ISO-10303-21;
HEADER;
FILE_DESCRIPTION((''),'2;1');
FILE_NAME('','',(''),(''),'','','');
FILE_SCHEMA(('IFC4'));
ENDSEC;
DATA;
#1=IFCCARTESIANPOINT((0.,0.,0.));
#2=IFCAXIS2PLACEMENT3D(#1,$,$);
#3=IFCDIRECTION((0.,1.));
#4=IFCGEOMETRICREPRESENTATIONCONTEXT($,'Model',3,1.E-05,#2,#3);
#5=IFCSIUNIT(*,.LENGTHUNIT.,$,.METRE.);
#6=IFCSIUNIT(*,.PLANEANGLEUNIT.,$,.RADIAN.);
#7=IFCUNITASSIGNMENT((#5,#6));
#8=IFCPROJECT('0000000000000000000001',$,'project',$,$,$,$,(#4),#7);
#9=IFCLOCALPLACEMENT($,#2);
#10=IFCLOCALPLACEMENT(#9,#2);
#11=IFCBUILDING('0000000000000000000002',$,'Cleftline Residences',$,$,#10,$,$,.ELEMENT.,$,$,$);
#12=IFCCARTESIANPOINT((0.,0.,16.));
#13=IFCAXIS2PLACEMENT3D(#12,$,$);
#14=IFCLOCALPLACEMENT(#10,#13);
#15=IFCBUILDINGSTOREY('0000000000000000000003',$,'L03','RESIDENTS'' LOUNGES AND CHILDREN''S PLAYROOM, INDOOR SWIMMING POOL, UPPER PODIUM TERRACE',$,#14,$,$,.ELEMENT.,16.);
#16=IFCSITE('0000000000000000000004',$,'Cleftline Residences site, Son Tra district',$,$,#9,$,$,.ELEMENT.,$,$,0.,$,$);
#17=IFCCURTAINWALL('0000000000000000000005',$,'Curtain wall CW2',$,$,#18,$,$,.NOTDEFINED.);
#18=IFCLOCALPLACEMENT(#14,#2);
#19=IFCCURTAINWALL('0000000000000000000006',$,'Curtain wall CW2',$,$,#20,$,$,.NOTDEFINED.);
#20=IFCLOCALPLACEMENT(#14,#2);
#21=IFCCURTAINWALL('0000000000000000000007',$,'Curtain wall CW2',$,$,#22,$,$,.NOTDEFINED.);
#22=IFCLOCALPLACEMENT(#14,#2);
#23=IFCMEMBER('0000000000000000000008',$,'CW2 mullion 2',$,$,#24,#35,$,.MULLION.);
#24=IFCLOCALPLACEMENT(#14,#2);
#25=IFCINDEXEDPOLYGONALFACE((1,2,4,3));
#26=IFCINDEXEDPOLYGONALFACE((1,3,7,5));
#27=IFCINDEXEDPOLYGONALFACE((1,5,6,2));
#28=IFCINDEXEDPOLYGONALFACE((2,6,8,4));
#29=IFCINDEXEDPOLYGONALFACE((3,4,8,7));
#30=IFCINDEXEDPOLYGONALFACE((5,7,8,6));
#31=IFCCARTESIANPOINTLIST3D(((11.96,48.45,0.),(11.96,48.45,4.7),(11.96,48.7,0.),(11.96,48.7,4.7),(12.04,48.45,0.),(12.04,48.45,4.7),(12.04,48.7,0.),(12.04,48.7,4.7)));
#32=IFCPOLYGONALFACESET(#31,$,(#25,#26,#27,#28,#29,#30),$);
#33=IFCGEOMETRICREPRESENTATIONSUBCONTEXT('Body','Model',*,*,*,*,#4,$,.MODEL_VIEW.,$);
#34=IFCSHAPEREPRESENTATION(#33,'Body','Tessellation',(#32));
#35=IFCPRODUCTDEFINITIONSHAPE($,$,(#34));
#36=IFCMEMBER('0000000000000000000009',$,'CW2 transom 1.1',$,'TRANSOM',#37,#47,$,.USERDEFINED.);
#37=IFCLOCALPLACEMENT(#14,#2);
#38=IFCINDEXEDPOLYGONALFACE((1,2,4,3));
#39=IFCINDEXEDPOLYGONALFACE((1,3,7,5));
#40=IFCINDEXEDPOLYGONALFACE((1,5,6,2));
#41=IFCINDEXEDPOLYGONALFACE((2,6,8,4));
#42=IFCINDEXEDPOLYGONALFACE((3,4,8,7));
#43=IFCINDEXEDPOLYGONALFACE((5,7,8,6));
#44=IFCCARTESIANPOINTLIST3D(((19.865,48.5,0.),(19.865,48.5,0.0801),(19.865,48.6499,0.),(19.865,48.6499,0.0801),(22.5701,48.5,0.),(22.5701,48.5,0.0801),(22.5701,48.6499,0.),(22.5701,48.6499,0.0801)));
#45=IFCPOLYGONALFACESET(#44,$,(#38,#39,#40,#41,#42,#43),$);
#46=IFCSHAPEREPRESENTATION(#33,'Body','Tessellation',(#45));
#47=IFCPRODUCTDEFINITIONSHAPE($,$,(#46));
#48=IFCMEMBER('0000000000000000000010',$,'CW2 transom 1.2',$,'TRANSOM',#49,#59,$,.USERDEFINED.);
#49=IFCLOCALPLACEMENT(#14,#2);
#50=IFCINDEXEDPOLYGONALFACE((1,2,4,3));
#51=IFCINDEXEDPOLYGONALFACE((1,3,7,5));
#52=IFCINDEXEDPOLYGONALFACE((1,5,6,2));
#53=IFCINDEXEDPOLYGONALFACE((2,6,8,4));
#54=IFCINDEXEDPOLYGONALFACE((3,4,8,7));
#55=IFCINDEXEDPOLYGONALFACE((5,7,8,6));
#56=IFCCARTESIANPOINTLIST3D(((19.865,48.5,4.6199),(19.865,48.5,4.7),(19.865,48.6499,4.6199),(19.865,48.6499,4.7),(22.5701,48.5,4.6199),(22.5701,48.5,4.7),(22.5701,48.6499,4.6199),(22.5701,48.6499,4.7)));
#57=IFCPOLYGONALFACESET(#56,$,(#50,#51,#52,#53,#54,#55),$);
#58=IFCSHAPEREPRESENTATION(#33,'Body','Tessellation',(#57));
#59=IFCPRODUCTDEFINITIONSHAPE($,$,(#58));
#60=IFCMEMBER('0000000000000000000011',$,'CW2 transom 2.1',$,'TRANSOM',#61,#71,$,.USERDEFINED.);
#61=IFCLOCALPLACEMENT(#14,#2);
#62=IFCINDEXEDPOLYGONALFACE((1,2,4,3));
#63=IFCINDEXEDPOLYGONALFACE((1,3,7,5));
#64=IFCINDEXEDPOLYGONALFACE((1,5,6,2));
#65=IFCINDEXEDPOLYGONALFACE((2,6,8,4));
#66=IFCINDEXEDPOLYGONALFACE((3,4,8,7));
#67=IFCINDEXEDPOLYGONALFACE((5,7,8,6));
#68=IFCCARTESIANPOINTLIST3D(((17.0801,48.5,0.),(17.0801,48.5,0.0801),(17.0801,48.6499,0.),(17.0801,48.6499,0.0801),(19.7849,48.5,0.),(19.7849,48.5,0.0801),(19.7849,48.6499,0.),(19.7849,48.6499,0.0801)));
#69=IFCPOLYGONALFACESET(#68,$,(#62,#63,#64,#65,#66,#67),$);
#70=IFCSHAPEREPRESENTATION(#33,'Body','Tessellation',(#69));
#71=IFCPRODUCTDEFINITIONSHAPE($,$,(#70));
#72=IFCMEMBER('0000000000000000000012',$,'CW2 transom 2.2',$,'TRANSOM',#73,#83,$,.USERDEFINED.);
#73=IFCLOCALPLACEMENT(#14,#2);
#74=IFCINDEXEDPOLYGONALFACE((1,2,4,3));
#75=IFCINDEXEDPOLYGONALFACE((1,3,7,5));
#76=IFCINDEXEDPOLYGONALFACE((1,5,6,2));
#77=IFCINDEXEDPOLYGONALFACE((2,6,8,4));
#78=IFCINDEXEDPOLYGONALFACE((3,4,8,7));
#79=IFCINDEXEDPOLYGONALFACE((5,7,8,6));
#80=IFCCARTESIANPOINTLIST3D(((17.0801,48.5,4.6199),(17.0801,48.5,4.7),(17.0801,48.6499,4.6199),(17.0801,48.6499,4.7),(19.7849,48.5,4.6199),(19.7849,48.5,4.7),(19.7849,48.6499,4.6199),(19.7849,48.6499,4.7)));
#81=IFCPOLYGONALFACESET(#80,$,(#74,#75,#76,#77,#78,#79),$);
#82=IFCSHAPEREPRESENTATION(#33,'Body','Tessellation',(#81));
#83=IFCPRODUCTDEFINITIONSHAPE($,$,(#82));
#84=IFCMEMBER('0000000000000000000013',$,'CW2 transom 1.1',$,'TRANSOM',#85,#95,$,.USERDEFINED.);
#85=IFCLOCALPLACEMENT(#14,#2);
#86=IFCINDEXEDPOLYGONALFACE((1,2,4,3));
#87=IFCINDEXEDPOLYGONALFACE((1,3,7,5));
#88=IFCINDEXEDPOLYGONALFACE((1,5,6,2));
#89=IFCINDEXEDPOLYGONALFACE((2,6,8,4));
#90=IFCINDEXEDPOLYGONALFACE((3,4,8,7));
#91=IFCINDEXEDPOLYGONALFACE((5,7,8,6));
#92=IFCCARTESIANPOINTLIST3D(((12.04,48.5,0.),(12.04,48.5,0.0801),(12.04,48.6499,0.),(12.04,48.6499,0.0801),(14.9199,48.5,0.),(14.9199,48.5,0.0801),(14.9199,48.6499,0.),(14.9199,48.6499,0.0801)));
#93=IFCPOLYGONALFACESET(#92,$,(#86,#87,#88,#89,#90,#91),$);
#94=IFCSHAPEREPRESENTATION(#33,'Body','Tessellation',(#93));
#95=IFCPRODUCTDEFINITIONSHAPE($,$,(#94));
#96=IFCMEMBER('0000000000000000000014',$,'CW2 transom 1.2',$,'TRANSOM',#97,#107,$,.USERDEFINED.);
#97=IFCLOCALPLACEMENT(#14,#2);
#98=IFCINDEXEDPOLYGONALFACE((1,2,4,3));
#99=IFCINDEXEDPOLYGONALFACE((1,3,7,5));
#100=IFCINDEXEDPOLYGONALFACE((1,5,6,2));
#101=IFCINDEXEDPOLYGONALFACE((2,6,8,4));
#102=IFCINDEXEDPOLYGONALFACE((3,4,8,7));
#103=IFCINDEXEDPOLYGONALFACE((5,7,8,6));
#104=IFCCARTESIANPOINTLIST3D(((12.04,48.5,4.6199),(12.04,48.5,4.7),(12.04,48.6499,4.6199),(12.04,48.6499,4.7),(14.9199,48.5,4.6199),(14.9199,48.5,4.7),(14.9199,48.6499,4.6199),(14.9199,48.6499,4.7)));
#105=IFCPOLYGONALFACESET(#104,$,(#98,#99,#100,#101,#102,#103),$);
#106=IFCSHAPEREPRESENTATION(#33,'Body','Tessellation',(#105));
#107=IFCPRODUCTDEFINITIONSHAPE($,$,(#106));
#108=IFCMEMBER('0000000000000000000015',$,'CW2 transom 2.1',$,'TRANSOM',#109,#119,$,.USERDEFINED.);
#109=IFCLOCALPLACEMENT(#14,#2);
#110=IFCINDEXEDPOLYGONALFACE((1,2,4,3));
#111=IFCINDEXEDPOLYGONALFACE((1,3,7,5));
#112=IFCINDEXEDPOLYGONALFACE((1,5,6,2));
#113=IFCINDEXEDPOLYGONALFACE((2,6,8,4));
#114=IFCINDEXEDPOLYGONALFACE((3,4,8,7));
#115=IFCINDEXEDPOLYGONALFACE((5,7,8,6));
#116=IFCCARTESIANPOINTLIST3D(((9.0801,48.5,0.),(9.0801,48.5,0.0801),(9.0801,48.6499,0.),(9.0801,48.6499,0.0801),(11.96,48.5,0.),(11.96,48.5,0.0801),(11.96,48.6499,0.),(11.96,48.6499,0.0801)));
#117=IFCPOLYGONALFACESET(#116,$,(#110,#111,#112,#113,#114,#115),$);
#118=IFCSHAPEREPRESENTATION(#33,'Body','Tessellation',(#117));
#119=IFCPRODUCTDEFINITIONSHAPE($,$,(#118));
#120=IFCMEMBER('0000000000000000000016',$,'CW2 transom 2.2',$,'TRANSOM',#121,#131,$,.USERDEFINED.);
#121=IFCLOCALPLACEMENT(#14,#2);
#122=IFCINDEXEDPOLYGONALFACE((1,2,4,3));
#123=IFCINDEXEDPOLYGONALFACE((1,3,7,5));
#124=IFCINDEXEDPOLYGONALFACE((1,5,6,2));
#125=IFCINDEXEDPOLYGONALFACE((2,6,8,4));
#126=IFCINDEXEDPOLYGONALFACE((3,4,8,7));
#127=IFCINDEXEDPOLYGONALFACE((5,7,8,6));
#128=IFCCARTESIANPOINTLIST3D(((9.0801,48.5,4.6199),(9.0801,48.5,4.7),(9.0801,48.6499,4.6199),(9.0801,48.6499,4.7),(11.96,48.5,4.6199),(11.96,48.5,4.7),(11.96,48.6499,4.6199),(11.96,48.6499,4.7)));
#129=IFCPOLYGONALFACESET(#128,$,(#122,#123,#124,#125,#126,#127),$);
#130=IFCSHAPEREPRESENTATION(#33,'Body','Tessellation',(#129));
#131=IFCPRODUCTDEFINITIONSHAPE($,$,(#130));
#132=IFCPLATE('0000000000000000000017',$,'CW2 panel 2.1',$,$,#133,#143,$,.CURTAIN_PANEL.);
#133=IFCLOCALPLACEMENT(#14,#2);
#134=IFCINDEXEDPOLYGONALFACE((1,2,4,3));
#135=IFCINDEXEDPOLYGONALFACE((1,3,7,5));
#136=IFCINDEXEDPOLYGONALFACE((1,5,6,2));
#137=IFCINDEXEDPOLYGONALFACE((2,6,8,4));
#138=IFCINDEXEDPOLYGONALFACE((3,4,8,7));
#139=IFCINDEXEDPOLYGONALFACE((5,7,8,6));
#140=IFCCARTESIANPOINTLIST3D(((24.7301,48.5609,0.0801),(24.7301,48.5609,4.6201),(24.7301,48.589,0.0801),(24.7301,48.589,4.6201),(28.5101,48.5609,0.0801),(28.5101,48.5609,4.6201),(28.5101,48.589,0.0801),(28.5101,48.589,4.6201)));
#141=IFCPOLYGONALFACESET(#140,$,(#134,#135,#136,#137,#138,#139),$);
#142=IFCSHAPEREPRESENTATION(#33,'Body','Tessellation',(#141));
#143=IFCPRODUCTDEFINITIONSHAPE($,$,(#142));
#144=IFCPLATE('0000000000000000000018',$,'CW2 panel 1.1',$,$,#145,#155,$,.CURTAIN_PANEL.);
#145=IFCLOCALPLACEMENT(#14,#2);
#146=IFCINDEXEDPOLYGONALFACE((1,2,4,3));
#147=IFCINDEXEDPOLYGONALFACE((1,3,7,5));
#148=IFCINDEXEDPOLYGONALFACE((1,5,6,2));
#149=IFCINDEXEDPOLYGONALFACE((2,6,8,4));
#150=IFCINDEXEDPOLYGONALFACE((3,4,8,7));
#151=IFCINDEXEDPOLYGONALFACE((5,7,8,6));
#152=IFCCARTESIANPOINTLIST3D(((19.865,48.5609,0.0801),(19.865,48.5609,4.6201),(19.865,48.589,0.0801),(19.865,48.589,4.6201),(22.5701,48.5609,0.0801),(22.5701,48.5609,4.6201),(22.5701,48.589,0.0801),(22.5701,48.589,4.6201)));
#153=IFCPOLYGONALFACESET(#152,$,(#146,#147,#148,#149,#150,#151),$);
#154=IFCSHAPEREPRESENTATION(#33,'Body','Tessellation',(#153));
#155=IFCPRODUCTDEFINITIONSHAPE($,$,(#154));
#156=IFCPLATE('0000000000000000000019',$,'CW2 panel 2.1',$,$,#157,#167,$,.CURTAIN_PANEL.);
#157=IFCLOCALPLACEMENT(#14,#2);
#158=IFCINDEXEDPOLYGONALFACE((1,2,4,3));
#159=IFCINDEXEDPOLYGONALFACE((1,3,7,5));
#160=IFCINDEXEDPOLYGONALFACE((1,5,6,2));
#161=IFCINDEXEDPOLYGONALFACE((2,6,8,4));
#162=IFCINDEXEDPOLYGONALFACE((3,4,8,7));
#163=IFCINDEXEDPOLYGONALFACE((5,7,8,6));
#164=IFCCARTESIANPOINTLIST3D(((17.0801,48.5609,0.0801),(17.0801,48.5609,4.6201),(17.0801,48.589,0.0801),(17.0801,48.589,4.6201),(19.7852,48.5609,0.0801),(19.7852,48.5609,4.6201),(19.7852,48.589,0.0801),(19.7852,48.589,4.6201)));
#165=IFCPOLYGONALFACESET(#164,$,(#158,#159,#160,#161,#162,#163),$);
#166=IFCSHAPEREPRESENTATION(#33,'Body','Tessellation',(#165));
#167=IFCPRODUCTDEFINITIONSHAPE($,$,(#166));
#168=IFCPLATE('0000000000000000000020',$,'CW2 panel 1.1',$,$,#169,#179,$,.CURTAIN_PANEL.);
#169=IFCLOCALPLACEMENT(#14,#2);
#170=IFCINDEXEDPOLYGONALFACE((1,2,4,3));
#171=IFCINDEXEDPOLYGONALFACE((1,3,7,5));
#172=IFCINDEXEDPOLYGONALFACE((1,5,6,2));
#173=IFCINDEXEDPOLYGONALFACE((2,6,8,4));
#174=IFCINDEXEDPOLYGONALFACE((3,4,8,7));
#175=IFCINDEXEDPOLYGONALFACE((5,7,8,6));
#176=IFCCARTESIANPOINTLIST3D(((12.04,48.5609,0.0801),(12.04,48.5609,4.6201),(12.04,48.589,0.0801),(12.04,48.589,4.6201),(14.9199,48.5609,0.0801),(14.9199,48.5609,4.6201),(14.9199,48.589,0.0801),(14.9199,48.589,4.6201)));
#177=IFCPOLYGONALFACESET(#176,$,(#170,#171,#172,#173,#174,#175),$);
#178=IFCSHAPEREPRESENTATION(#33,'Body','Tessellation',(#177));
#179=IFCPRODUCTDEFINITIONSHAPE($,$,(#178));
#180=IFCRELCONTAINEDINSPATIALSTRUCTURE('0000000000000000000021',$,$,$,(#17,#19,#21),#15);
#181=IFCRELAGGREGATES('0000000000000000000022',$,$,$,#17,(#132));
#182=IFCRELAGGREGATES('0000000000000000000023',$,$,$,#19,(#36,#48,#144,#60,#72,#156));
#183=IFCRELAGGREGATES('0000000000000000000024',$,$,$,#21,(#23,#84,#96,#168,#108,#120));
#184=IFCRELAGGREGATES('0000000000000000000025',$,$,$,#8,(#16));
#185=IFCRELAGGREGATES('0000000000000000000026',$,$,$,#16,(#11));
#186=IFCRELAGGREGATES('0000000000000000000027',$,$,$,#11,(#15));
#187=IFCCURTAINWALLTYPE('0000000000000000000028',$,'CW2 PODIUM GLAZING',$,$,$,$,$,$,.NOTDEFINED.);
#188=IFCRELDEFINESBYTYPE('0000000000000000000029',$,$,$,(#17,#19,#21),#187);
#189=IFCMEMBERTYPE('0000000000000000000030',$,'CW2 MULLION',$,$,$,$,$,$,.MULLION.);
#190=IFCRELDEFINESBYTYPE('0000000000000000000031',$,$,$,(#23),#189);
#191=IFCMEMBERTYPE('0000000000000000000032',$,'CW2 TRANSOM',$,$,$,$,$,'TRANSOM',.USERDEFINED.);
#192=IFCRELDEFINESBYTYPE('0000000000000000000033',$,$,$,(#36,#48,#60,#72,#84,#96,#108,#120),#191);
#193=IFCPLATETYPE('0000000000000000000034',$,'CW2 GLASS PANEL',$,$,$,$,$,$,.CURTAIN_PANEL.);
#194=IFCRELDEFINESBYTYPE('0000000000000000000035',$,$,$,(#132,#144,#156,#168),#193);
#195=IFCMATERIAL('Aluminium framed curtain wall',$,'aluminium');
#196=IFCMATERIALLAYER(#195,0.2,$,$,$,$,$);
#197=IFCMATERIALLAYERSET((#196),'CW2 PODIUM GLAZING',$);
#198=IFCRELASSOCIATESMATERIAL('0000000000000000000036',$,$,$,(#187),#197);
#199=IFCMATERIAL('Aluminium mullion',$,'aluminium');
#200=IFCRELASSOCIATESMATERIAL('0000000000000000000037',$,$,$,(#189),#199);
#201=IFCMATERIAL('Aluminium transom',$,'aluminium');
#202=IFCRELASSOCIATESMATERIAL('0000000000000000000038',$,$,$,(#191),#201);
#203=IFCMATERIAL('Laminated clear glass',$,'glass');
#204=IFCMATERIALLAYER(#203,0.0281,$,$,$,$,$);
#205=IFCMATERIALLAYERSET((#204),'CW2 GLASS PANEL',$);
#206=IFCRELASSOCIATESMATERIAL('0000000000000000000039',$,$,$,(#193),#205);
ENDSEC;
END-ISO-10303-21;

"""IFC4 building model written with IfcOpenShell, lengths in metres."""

from ifc_helpers import new_model, si_unit, direction, frame, origin, origin_2d, place, context, subcontext, project, spatial, rectangle, extrude, material, layer, layer_set, material_profile, profile_set, type_object, element, aggregate, save


model = new_model("IFC4")

# Units and contexts
model_context = context("Model", 3, precision=1e-05, world=origin(), true_north=direction((0.0, 1.0)))
body_context = subcontext(model_context, "Body", "Model", "MODEL_VIEW")
ifc_project = project(units=[si_unit("LENGTHUNIT", "METRE"), si_unit("PLANEANGLEUNIT", "RADIAN")], contexts=[model_context])

# Site, building, storey
site_placement = place(None, origin())
site = spatial("IfcSite", under=ifc_project, at=site_placement, Name="Cleftline Residences site, Son Tra district", CompositionType="ELEMENT", RefElevation=0.0)
building_placement = place(site_placement, origin())
building = spatial("IfcBuilding", under=site, at=building_placement, Name="Cleftline Residences", CompositionType="ELEMENT")
storey_placement = place(building_placement, frame((0.0, 0.0, 16.0)))
storey = spatial("IfcBuildingStorey", under=building, at=storey_placement, Name="L03", Description="RESIDENTS' LOUNGES AND CHILDREN'S PLAYROOM, INDOOR SWIMMING POOL, UPPER PODIUM TERRACE", CompositionType="ELEMENT", Elevation=16.0)

# Curtain wall
ifc_material_1 = material(Name="Aluminium framed curtain wall", Category="aluminium")
ifc_layer_1 = layer(ifc_material_1, 0.2)
ifc_layer_set_1 = layer_set([ifc_layer_1], Name="CW2 PODIUM GLAZING")
curtain_wall_type = type_object("IfcCurtainWallType", Name="CW2 PODIUM GLAZING", PredefinedType="NOTDEFINED", material=ifc_layer_set_1)
curtain_wall_1_placement = place(storey_placement, origin())
curtain_wall_1 = element("IfcCurtainWall", 1, at=curtain_wall_1_placement, inside=storey, type_object=curtain_wall_type, Name="Curtain wall CW2", PredefinedType="NOTDEFINED")
ifc_material_2 = material(Name="Aluminium mullion", Category="aluminium")
ifc_material_profile_1 = material_profile(ifc_material_2, rectangle(XDim=0.25, YDim=0.0801, at=origin_2d()))
ifc_profile_set_1 = profile_set([ifc_material_profile_1], Name="Aluminium mullion")
member_type_1 = type_object("IfcMemberType", Name="CW2 MULLION", PredefinedType="MULLION", material=ifc_profile_set_1)

# Curtain walls, member
curtain_wall_2_placement = place(storey_placement, origin())
curtain_wall_2 = element("IfcCurtainWall", 2, at=curtain_wall_2_placement, inside=storey, type_object=curtain_wall_type, Name="Curtain wall CW2", PredefinedType="NOTDEFINED")
curtain_wall_3_placement = place(storey_placement, origin())
curtain_wall_3 = element("IfcCurtainWall", 3, at=curtain_wall_3_placement, inside=storey, type_object=curtain_wall_type, Name="Curtain wall CW2", PredefinedType="NOTDEFINED")
member_1_placement = place(storey_placement, frame((12.0, 48.575, 0.0), z_axis=(0.0, 0.0, 1.0), x_axis=(0.0, -1.0, 0.0)))
member_1 = element("IfcMember", 4, at=member_1_placement, type_object=member_type_1, Name="CW2 mullion 2", PredefinedType="MULLION", context=body_context, shape_type="SweptSolid", body=[
    extrude(rectangle(XDim=0.25, YDim=0.0801, at=origin_2d()), origin(), (0.0, 0.0, 1.0), 4.7),
])

# Members
ifc_material_3 = material(Name="Aluminium transom", Category="aluminium")
ifc_material_profile_2 = material_profile(ifc_material_3, rectangle(XDim=0.1499, YDim=0.0801, at=origin_2d()))
ifc_profile_set_2 = profile_set([ifc_material_profile_2], Name="Aluminium transom")
member_type_2 = type_object("IfcMemberType", Name="CW2 TRANSOM", ElementType="TRANSOM", PredefinedType="USERDEFINED", material=ifc_profile_set_2)
member_2_placement = place(storey_placement, frame((22.5701, 48.575, 0.04), z_axis=(-1.0, 0.0, 0.0), x_axis=(0.0, -1.0, 0.0)))
member_2 = element("IfcMember", 5, at=member_2_placement, type_object=member_type_2, Name="CW2 transom 1.1", ObjectType="TRANSOM", PredefinedType="USERDEFINED", context=body_context, shape_type="SweptSolid", body=[
    extrude(rectangle(XDim=0.1499, YDim=0.0801, at=origin_2d()), origin(), (0.0, 0.0, 1.0), 2.7051),
])
member_3_placement = place(storey_placement, frame((22.5701, 48.575, 4.6599), z_axis=(-1.0, 0.0, 0.0), x_axis=(0.0, -1.0, 0.0)))
member_3 = element("IfcMember", 6, at=member_3_placement, type_object=member_type_2, Name="CW2 transom 1.2", ObjectType="TRANSOM", PredefinedType="USERDEFINED", context=body_context, shape_type="SweptSolid", body=[
    extrude(rectangle(XDim=0.1499, YDim=0.0801, at=origin_2d()), origin(), (0.0, 0.0, 1.0), 2.7051),
])
member_4_placement = place(storey_placement, frame((19.7849, 48.575, 0.04), z_axis=(-1.0, 0.0, 0.0), x_axis=(0.0, -1.0, 0.0)))
member_4 = element("IfcMember", 7, at=member_4_placement, type_object=member_type_2, Name="CW2 transom 2.1", ObjectType="TRANSOM", PredefinedType="USERDEFINED", context=body_context, shape_type="SweptSolid", body=[
    extrude(rectangle(XDim=0.1499, YDim=0.0801, at=origin_2d()), origin(), (0.0, 0.0, 1.0), 2.7048),
])
member_5_placement = place(storey_placement, frame((19.7849, 48.575, 4.6599), z_axis=(-1.0, 0.0, 0.0), x_axis=(0.0, -1.0, 0.0)))
member_5 = element("IfcMember", 8, at=member_5_placement, type_object=member_type_2, Name="CW2 transom 2.2", ObjectType="TRANSOM", PredefinedType="USERDEFINED", context=body_context, shape_type="SweptSolid", body=[
    extrude(rectangle(XDim=0.1499, YDim=0.0801, at=origin_2d()), origin(), (0.0, 0.0, 1.0), 2.7048),
])
member_6_placement = place(storey_placement, frame((14.9199, 48.575, 0.04), z_axis=(-1.0, 0.0, 0.0), x_axis=(0.0, -1.0, 0.0)))
member_6 = element("IfcMember", 9, at=member_6_placement, type_object=member_type_2, Name="CW2 transom 1.1", ObjectType="TRANSOM", PredefinedType="USERDEFINED", context=body_context, shape_type="SweptSolid", body=[
    extrude(rectangle(XDim=0.1499, YDim=0.0801, at=origin_2d()), origin(), (0.0, 0.0, 1.0), 2.8799),
])
member_7_placement = place(storey_placement, frame((14.9199, 48.575, 4.6599), z_axis=(-1.0, 0.0, 0.0), x_axis=(0.0, -1.0, 0.0)))
member_7 = element("IfcMember", 10, at=member_7_placement, type_object=member_type_2, Name="CW2 transom 1.2", ObjectType="TRANSOM", PredefinedType="USERDEFINED", context=body_context, shape_type="SweptSolid", body=[
    extrude(rectangle(XDim=0.1499, YDim=0.0801, at=origin_2d()), origin(), (0.0, 0.0, 1.0), 2.8799),
])
member_8_placement = place(storey_placement, frame((11.96, 48.575, 0.04), z_axis=(-1.0, 0.0, 0.0), x_axis=(0.0, -1.0, 0.0)))
member_8 = element("IfcMember", 11, at=member_8_placement, type_object=member_type_2, Name="CW2 transom 2.1", ObjectType="TRANSOM", PredefinedType="USERDEFINED", context=body_context, shape_type="SweptSolid", body=[
    extrude(rectangle(XDim=0.1499, YDim=0.0801, at=origin_2d()), origin(), (0.0, 0.0, 1.0), 2.8799),
])
member_9_placement = place(storey_placement, frame((11.96, 48.575, 4.6599), z_axis=(-1.0, 0.0, 0.0), x_axis=(0.0, -1.0, 0.0)))
member_9 = element("IfcMember", 12, at=member_9_placement, type_object=member_type_2, Name="CW2 transom 2.2", ObjectType="TRANSOM", PredefinedType="USERDEFINED", context=body_context, shape_type="SweptSolid", body=[
    extrude(rectangle(XDim=0.1499, YDim=0.0801, at=origin_2d()), origin(), (0.0, 0.0, 1.0), 2.8799),
])

# Plates
ifc_material_4 = material(Name="Laminated clear glass", Category="glass")
ifc_layer_2 = layer(ifc_material_4, 0.0281)
ifc_layer_set_2 = layer_set([ifc_layer_2], Name="CW2 GLASS PANEL")
plate_type = type_object("IfcPlateType", Name="CW2 GLASS PANEL", PredefinedType="CURTAIN_PANEL", material=ifc_layer_set_2)
plate_1_placement = place(storey_placement, frame((26.6201, 48.575, 0.0801), z_axis=(0.0, 0.0, 1.0), x_axis=(-1.0, 0.0, 0.0)))
plate_1 = element("IfcPlate", 13, at=plate_1_placement, type_object=plate_type, Name="CW2 panel 2.1", PredefinedType="CURTAIN_PANEL", context=body_context, shape_type="SweptSolid", body=[
    extrude(rectangle(XDim=3.78, YDim=0.0281, at=origin_2d()), origin(), (0.0, 0.0, 1.0), 4.54),
])
aggregate(curtain_wall_1, [plate_1])
plate_2_placement = place(storey_placement, frame((21.2175, 48.575, 0.0801), z_axis=(0.0, 0.0, 1.0), x_axis=(-1.0, 0.0, 0.0)))
plate_2 = element("IfcPlate", 14, at=plate_2_placement, type_object=plate_type, Name="CW2 panel 1.1", PredefinedType="CURTAIN_PANEL", context=body_context, shape_type="SweptSolid", body=[
    extrude(rectangle(XDim=2.7051, YDim=0.0281, at=origin_2d()), origin(), (0.0, 0.0, 1.0), 4.54),
])
plate_3_placement = place(storey_placement, frame((18.4326, 48.575, 0.0801), z_axis=(0.0, 0.0, 1.0), x_axis=(-1.0, 0.0, 0.0)))
plate_3 = element("IfcPlate", 15, at=plate_3_placement, type_object=plate_type, Name="CW2 panel 2.1", PredefinedType="CURTAIN_PANEL", context=body_context, shape_type="SweptSolid", body=[
    extrude(rectangle(XDim=2.7051, YDim=0.0281, at=origin_2d()), origin(), (0.0, 0.0, 1.0), 4.54),
])
aggregate(curtain_wall_2, [member_2, member_3, plate_2, member_4, member_5, plate_3])
plate_4_placement = place(storey_placement, frame((13.48, 48.575, 0.0801), z_axis=(0.0, 0.0, 1.0), x_axis=(-1.0, 0.0, 0.0)))
plate_4 = element("IfcPlate", 16, at=plate_4_placement, type_object=plate_type, Name="CW2 panel 1.1", PredefinedType="CURTAIN_PANEL", context=body_context, shape_type="SweptSolid", body=[
    extrude(rectangle(XDim=2.8799, YDim=0.0281, at=origin_2d()), origin(), (0.0, 0.0, 1.0), 4.54),
])
aggregate(curtain_wall_3, [member_1, member_6, member_7, plate_4, member_8, member_9])

save(model, "model.ifc")
